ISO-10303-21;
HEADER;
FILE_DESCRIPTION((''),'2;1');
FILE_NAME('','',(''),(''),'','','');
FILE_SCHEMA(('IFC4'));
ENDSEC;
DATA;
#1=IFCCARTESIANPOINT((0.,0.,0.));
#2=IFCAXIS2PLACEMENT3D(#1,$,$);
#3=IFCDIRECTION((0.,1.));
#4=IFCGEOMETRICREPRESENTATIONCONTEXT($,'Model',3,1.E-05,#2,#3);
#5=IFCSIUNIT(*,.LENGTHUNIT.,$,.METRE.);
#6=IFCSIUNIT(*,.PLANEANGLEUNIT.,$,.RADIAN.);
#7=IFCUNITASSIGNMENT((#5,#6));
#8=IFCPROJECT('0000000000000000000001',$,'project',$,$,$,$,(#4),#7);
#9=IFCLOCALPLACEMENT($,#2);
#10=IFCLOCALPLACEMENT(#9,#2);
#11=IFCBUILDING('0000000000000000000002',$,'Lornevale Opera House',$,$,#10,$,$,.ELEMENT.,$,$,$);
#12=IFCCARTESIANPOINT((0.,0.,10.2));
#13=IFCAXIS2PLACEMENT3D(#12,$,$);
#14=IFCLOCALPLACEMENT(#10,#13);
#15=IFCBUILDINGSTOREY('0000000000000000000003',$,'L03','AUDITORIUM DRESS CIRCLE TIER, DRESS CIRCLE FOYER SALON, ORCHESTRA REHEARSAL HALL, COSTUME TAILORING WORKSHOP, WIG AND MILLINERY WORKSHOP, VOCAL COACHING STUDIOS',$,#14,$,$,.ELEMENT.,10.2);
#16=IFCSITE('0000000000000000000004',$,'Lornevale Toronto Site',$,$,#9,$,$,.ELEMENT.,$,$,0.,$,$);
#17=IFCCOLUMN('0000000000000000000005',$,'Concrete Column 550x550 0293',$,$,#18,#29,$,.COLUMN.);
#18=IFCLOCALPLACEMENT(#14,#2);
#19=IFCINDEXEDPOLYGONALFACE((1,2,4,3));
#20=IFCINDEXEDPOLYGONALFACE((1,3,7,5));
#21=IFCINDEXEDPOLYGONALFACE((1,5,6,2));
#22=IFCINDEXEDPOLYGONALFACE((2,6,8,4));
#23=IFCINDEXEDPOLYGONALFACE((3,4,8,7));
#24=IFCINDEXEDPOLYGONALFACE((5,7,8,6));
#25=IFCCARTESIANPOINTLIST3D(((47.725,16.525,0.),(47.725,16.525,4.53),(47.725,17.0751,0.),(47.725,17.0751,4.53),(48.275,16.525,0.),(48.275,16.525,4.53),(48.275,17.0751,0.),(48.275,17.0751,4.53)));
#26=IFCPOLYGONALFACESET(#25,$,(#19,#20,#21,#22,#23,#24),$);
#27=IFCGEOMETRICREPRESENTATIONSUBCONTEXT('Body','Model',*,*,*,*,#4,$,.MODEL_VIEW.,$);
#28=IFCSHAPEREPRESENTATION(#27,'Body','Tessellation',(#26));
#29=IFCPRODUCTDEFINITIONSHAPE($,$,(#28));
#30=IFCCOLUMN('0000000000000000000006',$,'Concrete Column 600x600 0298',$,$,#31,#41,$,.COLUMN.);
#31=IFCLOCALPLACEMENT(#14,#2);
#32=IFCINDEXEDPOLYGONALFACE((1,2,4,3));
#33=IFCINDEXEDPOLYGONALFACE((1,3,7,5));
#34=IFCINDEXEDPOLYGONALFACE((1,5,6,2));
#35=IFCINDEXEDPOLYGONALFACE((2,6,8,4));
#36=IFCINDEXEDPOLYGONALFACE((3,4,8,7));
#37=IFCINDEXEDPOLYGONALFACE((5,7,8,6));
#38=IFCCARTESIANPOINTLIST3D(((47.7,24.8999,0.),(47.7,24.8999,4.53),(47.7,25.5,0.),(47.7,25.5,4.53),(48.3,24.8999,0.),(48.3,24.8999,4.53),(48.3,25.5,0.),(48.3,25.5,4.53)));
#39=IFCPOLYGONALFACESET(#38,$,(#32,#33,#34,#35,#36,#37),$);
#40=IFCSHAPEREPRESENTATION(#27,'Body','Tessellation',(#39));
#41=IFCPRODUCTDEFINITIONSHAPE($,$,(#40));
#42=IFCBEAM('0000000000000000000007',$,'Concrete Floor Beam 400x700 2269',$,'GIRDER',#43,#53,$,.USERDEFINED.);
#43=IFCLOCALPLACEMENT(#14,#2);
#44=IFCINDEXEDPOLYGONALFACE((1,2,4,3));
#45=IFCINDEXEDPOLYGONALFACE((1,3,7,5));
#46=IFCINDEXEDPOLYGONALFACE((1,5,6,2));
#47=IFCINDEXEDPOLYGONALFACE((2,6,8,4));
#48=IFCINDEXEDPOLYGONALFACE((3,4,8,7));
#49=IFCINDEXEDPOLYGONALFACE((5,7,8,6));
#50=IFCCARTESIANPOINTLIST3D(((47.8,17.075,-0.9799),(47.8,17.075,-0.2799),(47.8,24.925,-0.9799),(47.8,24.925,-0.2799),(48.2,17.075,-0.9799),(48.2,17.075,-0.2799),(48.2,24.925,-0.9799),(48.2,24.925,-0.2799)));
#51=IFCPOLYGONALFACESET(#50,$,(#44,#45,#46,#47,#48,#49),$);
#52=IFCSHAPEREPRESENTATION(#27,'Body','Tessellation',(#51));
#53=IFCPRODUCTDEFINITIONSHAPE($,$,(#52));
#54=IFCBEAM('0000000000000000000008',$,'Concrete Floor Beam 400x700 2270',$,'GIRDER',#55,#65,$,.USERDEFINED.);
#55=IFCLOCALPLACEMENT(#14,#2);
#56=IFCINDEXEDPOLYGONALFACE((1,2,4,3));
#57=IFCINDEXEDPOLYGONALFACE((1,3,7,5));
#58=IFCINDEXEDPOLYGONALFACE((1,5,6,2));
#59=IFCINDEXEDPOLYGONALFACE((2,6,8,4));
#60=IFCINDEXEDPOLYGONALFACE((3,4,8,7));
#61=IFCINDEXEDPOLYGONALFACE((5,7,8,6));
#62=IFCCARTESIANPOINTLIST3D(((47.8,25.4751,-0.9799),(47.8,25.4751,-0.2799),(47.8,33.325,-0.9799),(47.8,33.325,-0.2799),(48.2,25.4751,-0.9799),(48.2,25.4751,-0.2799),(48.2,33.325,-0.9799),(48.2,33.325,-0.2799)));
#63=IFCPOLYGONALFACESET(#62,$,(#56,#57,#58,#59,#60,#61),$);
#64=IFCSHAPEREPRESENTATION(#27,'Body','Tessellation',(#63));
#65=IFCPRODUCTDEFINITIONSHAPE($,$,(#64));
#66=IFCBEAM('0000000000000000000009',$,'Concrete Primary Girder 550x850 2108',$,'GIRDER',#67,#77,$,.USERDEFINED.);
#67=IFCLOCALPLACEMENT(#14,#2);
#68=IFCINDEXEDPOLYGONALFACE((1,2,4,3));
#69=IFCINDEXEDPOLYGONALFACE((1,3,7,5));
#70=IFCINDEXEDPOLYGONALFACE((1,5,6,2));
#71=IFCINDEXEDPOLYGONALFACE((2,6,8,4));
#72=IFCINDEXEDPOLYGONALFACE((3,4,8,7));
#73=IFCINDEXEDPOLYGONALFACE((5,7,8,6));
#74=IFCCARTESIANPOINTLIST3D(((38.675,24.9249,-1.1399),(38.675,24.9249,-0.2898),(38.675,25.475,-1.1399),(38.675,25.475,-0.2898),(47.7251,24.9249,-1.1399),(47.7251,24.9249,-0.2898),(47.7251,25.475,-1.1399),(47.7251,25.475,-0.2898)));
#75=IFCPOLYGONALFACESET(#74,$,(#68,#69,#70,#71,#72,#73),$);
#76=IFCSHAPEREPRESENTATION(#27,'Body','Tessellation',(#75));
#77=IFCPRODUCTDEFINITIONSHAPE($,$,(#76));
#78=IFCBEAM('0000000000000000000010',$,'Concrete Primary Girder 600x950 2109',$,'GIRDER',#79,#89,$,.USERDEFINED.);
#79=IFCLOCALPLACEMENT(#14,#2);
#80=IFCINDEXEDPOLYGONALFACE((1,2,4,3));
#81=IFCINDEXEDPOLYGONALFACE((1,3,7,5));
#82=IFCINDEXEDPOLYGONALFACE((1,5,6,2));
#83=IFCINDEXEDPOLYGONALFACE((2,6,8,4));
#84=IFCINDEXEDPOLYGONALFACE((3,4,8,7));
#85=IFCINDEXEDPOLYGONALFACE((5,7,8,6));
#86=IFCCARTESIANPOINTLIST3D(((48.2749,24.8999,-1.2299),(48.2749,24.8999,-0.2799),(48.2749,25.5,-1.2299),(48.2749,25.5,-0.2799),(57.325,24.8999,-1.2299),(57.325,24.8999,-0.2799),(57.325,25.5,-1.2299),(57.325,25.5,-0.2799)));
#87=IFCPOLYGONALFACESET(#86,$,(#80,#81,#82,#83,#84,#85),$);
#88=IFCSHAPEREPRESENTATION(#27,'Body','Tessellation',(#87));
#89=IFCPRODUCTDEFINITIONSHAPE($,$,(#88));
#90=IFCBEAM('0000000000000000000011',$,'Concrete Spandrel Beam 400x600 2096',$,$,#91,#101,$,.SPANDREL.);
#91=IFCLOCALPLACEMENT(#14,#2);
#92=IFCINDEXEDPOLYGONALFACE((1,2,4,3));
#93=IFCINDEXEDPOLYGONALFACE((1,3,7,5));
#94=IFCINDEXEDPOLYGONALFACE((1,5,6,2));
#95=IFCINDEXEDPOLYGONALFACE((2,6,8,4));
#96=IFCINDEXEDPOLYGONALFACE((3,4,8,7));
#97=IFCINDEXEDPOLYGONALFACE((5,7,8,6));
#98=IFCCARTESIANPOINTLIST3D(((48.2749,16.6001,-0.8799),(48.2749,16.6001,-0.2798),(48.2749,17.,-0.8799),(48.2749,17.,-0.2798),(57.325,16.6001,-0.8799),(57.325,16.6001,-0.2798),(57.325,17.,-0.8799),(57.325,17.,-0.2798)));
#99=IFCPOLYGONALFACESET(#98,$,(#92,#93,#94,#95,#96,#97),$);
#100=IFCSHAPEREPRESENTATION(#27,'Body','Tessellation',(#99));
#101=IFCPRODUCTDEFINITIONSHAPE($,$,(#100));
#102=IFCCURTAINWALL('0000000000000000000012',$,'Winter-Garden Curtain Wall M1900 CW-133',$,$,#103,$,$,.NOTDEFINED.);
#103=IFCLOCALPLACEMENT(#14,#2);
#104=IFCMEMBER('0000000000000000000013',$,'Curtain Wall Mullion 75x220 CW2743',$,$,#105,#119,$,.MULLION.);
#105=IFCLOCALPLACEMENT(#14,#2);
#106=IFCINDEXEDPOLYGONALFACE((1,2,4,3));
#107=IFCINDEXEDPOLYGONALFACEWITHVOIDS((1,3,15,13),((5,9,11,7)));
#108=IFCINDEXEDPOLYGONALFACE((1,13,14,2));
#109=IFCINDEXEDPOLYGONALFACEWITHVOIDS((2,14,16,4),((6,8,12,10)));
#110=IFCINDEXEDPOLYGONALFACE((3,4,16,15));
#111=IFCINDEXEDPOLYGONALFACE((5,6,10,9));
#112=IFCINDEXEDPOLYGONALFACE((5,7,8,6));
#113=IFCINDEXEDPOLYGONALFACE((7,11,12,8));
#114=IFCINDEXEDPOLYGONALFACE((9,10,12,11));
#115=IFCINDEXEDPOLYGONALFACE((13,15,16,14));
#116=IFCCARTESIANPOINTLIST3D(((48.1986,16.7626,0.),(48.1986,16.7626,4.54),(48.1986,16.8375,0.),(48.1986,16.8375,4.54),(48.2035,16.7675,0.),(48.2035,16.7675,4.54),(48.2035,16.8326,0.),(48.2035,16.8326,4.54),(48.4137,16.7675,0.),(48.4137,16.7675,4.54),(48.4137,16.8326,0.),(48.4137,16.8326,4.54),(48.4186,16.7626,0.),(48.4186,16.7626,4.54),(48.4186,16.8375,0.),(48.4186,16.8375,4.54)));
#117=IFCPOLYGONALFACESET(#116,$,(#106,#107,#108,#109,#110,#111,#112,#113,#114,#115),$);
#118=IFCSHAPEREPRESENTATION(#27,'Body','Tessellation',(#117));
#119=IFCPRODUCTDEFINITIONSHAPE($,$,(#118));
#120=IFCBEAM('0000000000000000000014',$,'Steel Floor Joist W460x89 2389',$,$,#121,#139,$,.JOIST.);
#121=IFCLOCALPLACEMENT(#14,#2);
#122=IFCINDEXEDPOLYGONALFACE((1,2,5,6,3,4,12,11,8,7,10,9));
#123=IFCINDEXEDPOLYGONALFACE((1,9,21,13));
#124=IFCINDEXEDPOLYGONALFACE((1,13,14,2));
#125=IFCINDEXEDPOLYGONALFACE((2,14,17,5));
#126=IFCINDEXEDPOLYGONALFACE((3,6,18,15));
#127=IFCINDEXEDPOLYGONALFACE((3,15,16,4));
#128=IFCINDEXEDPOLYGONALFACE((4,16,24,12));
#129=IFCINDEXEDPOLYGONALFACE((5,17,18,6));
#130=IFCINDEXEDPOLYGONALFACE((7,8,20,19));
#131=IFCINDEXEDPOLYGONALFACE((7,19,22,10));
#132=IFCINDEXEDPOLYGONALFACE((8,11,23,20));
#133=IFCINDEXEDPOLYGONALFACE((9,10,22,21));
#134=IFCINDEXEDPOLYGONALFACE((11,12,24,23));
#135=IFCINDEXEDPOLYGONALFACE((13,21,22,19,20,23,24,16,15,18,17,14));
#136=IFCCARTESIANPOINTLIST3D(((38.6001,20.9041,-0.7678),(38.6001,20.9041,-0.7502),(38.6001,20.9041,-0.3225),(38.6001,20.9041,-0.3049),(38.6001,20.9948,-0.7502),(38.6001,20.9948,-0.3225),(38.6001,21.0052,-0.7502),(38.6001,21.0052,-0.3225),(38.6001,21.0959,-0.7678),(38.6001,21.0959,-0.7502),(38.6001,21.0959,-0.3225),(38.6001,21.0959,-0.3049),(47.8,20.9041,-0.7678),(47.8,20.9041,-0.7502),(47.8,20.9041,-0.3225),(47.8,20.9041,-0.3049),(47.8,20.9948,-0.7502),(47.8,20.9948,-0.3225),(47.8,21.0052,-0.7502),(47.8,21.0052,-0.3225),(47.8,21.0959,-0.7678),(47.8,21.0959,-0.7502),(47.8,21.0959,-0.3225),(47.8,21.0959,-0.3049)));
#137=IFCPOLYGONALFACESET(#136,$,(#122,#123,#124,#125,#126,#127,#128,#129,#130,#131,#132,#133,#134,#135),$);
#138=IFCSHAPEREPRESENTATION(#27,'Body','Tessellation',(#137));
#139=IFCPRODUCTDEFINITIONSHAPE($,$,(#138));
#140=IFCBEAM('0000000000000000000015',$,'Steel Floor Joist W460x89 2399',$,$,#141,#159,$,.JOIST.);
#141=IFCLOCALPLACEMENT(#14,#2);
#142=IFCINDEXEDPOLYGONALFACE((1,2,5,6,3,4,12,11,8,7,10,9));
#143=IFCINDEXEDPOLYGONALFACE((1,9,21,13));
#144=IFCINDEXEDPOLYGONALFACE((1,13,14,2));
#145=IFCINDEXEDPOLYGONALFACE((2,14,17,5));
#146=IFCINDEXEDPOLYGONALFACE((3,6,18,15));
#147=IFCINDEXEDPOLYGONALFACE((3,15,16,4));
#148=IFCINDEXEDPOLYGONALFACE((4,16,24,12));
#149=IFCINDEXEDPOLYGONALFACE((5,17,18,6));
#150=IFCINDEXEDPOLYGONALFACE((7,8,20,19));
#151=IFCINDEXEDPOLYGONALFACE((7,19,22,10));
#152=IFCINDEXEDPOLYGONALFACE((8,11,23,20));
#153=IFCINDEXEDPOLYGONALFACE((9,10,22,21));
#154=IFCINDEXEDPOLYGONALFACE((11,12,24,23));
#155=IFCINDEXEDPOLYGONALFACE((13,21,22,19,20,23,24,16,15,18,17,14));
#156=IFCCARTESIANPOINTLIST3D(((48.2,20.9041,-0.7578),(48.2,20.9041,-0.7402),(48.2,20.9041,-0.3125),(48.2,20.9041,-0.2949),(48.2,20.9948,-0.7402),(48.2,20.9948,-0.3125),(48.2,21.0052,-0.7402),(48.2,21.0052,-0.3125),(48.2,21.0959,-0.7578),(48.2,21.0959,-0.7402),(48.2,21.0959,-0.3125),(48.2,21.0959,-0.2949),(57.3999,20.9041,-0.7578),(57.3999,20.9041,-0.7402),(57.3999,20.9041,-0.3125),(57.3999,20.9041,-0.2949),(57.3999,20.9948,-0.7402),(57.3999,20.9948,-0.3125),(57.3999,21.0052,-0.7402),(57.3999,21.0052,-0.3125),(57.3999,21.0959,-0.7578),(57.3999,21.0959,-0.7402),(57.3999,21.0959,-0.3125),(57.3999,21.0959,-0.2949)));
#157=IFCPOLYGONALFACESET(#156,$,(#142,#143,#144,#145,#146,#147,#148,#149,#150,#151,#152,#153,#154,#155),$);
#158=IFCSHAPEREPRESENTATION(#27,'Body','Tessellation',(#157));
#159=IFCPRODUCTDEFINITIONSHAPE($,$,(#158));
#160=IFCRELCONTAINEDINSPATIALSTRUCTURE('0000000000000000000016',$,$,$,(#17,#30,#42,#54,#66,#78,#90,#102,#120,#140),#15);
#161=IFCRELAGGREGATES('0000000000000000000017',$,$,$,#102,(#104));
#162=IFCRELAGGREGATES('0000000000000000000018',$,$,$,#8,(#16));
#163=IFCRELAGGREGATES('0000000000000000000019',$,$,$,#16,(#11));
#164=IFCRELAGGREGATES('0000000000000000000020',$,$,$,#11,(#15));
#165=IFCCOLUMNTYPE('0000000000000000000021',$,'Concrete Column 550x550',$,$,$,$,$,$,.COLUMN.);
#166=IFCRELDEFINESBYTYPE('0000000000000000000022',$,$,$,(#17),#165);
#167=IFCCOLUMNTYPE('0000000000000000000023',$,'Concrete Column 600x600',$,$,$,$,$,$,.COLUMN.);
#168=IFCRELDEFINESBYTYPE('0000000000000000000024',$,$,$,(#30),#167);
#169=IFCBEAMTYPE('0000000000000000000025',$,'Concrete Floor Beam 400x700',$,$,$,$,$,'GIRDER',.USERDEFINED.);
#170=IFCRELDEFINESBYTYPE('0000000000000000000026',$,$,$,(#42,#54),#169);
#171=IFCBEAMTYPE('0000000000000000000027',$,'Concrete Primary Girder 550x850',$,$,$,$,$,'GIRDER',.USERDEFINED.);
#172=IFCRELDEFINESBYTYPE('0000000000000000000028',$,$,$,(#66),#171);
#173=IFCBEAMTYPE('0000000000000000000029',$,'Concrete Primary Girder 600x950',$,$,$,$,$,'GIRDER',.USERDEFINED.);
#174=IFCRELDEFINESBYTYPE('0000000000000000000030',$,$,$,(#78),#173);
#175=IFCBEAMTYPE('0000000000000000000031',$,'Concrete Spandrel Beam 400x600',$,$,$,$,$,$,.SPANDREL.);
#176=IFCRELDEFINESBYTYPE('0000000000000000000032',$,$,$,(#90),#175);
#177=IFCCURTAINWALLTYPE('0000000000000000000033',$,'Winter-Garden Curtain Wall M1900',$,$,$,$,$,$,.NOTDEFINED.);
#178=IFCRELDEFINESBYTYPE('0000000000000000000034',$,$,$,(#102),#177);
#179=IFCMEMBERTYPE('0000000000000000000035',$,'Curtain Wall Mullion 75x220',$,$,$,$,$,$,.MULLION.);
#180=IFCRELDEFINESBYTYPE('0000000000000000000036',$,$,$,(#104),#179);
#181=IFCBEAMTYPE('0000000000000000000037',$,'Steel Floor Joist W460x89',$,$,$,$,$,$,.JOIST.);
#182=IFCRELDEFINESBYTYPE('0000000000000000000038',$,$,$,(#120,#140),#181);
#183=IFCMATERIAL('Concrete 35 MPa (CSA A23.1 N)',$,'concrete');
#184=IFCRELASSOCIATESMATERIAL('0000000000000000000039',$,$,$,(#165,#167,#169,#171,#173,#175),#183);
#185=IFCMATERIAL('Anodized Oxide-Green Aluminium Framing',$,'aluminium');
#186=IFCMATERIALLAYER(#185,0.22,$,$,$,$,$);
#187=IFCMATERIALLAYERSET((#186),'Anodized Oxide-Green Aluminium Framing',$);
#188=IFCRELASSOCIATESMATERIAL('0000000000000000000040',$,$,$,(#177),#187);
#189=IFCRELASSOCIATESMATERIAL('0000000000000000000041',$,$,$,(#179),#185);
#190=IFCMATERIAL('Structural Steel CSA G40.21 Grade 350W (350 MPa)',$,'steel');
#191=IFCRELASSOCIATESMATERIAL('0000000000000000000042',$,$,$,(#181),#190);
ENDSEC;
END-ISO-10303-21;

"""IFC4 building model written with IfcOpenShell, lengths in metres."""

from ifc_helpers import new_model, si_unit, direction, frame, origin, origin_2d, place, context, subcontext, project, spatial, rectangle, hollow_rectangle, i_section, extrude, material, layer, layer_set, material_profile, profile_set, type_object, element, aggregate, save


model = new_model("IFC4")

# Units and contexts
model_context = context("Model", 3, precision=1e-05, world=origin(), true_north=direction((0.0, 1.0)))
body_context = subcontext(model_context, "Body", "Model", "MODEL_VIEW")
ifc_project = project(units=[si_unit("LENGTHUNIT", "METRE"), si_unit("PLANEANGLEUNIT", "RADIAN")], contexts=[model_context])

# Site, building, storey
site_placement = place(None, origin())
site = spatial("IfcSite", under=ifc_project, at=site_placement, Name="Lornevale Toronto Site", CompositionType="ELEMENT", RefElevation=0.0)
building_placement = place(site_placement, origin())
building = spatial("IfcBuilding", under=site, at=building_placement, Name="Lornevale Opera House", CompositionType="ELEMENT")
storey_placement = place(building_placement, frame((0.0, 0.0, 10.2)))
storey = spatial("IfcBuildingStorey", under=building, at=storey_placement, Name="L03", Description="AUDITORIUM DRESS CIRCLE TIER, DRESS CIRCLE FOYER SALON, ORCHESTRA REHEARSAL HALL, COSTUME TAILORING WORKSHOP, WIG AND MILLINERY WORKSHOP, VOCAL COACHING STUDIOS", CompositionType="ELEMENT", Elevation=10.2)

# Columns
ifc_material_1 = material(Name="Concrete 35 MPa (CSA A23.1 N)", Category="concrete")
ifc_material_profile_1 = material_profile(ifc_material_1, rectangle(XDim=0.55, YDim=0.55, at=origin_2d()), Name="RC550x550")
ifc_profile_set_1 = profile_set([ifc_material_profile_1], Name="Concrete 35 MPa (CSA A23.1 N)")
column_type_1 = type_object("IfcColumnType", Name="Concrete Column 550x550", PredefinedType="COLUMN", material=ifc_profile_set_1)
column_1_placement = place(storey_placement, frame((48.0, 16.8, 0.0), z_axis=(0.0, 0.0, 1.0), x_axis=(1.0, 0.0, 0.0)))
element("IfcColumn", 1, at=column_1_placement, inside=storey, type_object=column_type_1, Name="Concrete Column 550x550 0293", PredefinedType="COLUMN", context=body_context, shape_type="SweptSolid", body=[
    extrude(rectangle(XDim=0.55, YDim=0.55, at=origin_2d()), origin(), (0.0, 0.0, 1.0), 4.53),
])
ifc_material_profile_2 = material_profile(ifc_material_1, rectangle(XDim=0.6001, YDim=0.6001, at=origin_2d()), Name="RC600x600")
ifc_profile_set_2 = profile_set([ifc_material_profile_2], Name="Concrete 35 MPa (CSA A23.1 N)")
column_type_2 = type_object("IfcColumnType", Name="Concrete Column 600x600", PredefinedType="COLUMN", material=ifc_profile_set_2)
column_2_placement = place(storey_placement, frame((48.0, 25.2, 0.0), z_axis=(0.0, 0.0, 1.0), x_axis=(1.0, 0.0, 0.0)))
element("IfcColumn", 2, at=column_2_placement, inside=storey, type_object=column_type_2, Name="Concrete Column 600x600 0298", PredefinedType="COLUMN", context=body_context, shape_type="SweptSolid", body=[
    extrude(rectangle(XDim=0.6001, YDim=0.6001, at=origin_2d()), origin(), (0.0, 0.0, 1.0), 4.53),
])

# Beams
ifc_material_profile_3 = material_profile(ifc_material_1, rectangle(XDim=0.3999, YDim=0.7, at=origin_2d()), Name="RC400x700")
ifc_profile_set_3 = profile_set([ifc_material_profile_3], Name="Concrete 35 MPa (CSA A23.1 N)")
beam_type_1 = type_object("IfcBeamType", Name="Concrete Floor Beam 400x700", ElementType="GIRDER", PredefinedType="USERDEFINED", material=ifc_profile_set_3)
beam_1_placement = place(storey_placement, frame((48.0, 17.075, -0.6299), z_axis=(0.0, 1.0, 0.0), x_axis=(-1.0, 0.0, 0.0)))
element("IfcBeam", 3, at=beam_1_placement, inside=storey, type_object=beam_type_1, Name="Concrete Floor Beam 400x700 2269", ObjectType="GIRDER", PredefinedType="USERDEFINED", context=body_context, shape_type="SweptSolid", body=[
    extrude(rectangle(XDim=0.3999, YDim=0.7, at=origin_2d()), origin(), (0.0, 0.0, 1.0), 7.8501),
])
beam_2_placement = place(storey_placement, frame((48.0, 25.4751, -0.6299), z_axis=(0.0, 1.0, 0.0), x_axis=(-1.0, 0.0, 0.0)))
element("IfcBeam", 4, at=beam_2_placement, inside=storey, type_object=beam_type_1, Name="Concrete Floor Beam 400x700 2270", ObjectType="GIRDER", PredefinedType="USERDEFINED", context=body_context, shape_type="SweptSolid", body=[
    extrude(rectangle(XDim=0.3999, YDim=0.7, at=origin_2d()), origin(), (0.0, 0.0, 1.0), 7.8499),
])
ifc_material_profile_4 = material_profile(ifc_material_1, rectangle(XDim=0.55, YDim=0.8501, at=origin_2d()), Name="RC550x850")
ifc_profile_set_4 = profile_set([ifc_material_profile_4], Name="Concrete 35 MPa (CSA A23.1 N)")
beam_type_2 = type_object("IfcBeamType", Name="Concrete Primary Girder 550x850", ElementType="GIRDER", PredefinedType="USERDEFINED", material=ifc_profile_set_4)
beam_3_placement = place(storey_placement, frame((38.675, 25.2, -0.7148), z_axis=(1.0, 0.0, 0.0), x_axis=(0.0, 1.0, 0.0)))
element("IfcBeam", 5, at=beam_3_placement, inside=storey, type_object=beam_type_2, Name="Concrete Primary Girder 550x850 2108", ObjectType="GIRDER", PredefinedType="USERDEFINED", context=body_context, shape_type="SweptSolid", body=[
    extrude(rectangle(XDim=0.55, YDim=0.8501, at=origin_2d()), origin(), (0.0, 0.0, 1.0), 9.05),
])
ifc_material_profile_5 = material_profile(ifc_material_1, rectangle(XDim=0.6001, YDim=0.95, at=origin_2d()), Name="RC600x950")
ifc_profile_set_5 = profile_set([ifc_material_profile_5], Name="Concrete 35 MPa (CSA A23.1 N)")
beam_type_3 = type_object("IfcBeamType", Name="Concrete Primary Girder 600x950", ElementType="GIRDER", PredefinedType="USERDEFINED", material=ifc_profile_set_5)
beam_4_placement = place(storey_placement, frame((48.2749, 25.2, -0.7549), z_axis=(1.0, 0.0, 0.0), x_axis=(0.0, 1.0, 0.0)))
element("IfcBeam", 6, at=beam_4_placement, inside=storey, type_object=beam_type_3, Name="Concrete Primary Girder 600x950 2109", ObjectType="GIRDER", PredefinedType="USERDEFINED", context=body_context, shape_type="SweptSolid", body=[
    extrude(rectangle(XDim=0.6001, YDim=0.95, at=origin_2d()), origin(), (0.0, 0.0, 1.0), 9.05),
])
ifc_material_profile_6 = material_profile(ifc_material_1, rectangle(XDim=0.3999, YDim=0.6001, at=origin_2d()), Name="RC400x600")
ifc_profile_set_6 = profile_set([ifc_material_profile_6], Name="Concrete 35 MPa (CSA A23.1 N)")
beam_type_4 = type_object("IfcBeamType", Name="Concrete Spandrel Beam 400x600", PredefinedType="SPANDREL", material=ifc_profile_set_6)
beam_5_placement = place(storey_placement, frame((48.2749, 16.8, -0.5798), z_axis=(1.0, 0.0, 0.0), x_axis=(0.0, 1.0, 0.0)))
element("IfcBeam", 7, at=beam_5_placement, inside=storey, type_object=beam_type_4, Name="Concrete Spandrel Beam 400x600 2096", PredefinedType="SPANDREL", context=body_context, shape_type="SweptSolid", body=[
    extrude(rectangle(XDim=0.3999, YDim=0.6001, at=origin_2d()), origin(), (0.0, 0.0, 1.0), 9.05),
])

# Curtain wall, member
ifc_material_2 = material(Name="Anodized Oxide-Green Aluminium Framing", Category="aluminium")
ifc_layer_1 = layer(ifc_material_2, 0.22)
ifc_layer_set_1 = layer_set([ifc_layer_1], Name="Anodized Oxide-Green Aluminium Framing")
curtain_wall_type = type_object("IfcCurtainWallType", Name="Winter-Garden Curtain Wall M1900", PredefinedType="NOTDEFINED", material=ifc_layer_set_1)
curtain_wall_placement = place(storey_placement, origin())
curtain_wall = element("IfcCurtainWall", 8, at=curtain_wall_placement, inside=storey, type_object=curtain_wall_type, Name="Winter-Garden Curtain Wall M1900 CW-133", PredefinedType="NOTDEFINED")
ifc_material_profile_7 = material_profile(ifc_material_2, hollow_rectangle(XDim=0.075, YDim=0.22, WallThickness=0.0049, at=origin_2d()), Name="ALU75x220x5")
ifc_profile_set_7 = profile_set([ifc_material_profile_7], Name="Anodized Oxide-Green Aluminium Framing")
member_type = type_object("IfcMemberType", Name="Curtain Wall Mullion 75x220", PredefinedType="MULLION", material=ifc_profile_set_7)
member_placement = place(storey_placement, frame((48.3086, 16.8, 0.0), z_axis=(0.0, 0.0, 1.0), x_axis=(0.0, -1.0, 0.0)))
member = element("IfcMember", 9, at=member_placement, type_object=member_type, Name="Curtain Wall Mullion 75x220 CW2743", PredefinedType="MULLION", context=body_context, shape_type="SweptSolid", body=[
    extrude(hollow_rectangle(XDim=0.075, YDim=0.22, WallThickness=0.0049, at=origin_2d()), origin(), (0.0, 0.0, 1.0), 4.54),
])
aggregate(curtain_wall, [member])

# Beams
ifc_material_3 = material(Name="Structural Steel CSA G40.21 Grade 350W (350 MPa)", Category="steel")
ifc_material_profile_8 = material_profile(ifc_material_3, i_section(OverallWidth=0.1919, OverallDepth=0.4629, WebThickness=0.0105, FlangeThickness=0.0176, at=origin_2d()), Name="W460x89")
ifc_profile_set_8 = profile_set([ifc_material_profile_8], Name="Structural Steel CSA G40.21 Grade 350W (350 MPa)")
beam_type_5 = type_object("IfcBeamType", Name="Steel Floor Joist W460x89", PredefinedType="JOIST", material=ifc_profile_set_8)
for number, where, z_axis, x_axis, name in (
    (10, (38.6001, 21.0, -0.5364), (1.0, 0.0, 0.0), (0.0, 1.0, 0.0), "Steel Floor Joist W460x89 2389"),
    (11, (48.2, 21.0, -0.5264), (1.0, 0.0, 0.0), (0.0, 1.0, 0.0), "Steel Floor Joist W460x89 2399"),
):
    element("IfcBeam", number, at=place(storey_placement, frame(where, z_axis=z_axis, x_axis=x_axis)), inside=storey, type_object=beam_type_5, Name=name, PredefinedType="JOIST", context=body_context, shape_type="SweptSolid", body=[
        extrude(i_section(OverallWidth=0.1919, OverallDepth=0.4629, WebThickness=0.0105, FlangeThickness=0.0176, at=origin_2d()), origin(), (0.0, 0.0, 1.0), 9.2),
    ])

save(model, "model.ifc")
